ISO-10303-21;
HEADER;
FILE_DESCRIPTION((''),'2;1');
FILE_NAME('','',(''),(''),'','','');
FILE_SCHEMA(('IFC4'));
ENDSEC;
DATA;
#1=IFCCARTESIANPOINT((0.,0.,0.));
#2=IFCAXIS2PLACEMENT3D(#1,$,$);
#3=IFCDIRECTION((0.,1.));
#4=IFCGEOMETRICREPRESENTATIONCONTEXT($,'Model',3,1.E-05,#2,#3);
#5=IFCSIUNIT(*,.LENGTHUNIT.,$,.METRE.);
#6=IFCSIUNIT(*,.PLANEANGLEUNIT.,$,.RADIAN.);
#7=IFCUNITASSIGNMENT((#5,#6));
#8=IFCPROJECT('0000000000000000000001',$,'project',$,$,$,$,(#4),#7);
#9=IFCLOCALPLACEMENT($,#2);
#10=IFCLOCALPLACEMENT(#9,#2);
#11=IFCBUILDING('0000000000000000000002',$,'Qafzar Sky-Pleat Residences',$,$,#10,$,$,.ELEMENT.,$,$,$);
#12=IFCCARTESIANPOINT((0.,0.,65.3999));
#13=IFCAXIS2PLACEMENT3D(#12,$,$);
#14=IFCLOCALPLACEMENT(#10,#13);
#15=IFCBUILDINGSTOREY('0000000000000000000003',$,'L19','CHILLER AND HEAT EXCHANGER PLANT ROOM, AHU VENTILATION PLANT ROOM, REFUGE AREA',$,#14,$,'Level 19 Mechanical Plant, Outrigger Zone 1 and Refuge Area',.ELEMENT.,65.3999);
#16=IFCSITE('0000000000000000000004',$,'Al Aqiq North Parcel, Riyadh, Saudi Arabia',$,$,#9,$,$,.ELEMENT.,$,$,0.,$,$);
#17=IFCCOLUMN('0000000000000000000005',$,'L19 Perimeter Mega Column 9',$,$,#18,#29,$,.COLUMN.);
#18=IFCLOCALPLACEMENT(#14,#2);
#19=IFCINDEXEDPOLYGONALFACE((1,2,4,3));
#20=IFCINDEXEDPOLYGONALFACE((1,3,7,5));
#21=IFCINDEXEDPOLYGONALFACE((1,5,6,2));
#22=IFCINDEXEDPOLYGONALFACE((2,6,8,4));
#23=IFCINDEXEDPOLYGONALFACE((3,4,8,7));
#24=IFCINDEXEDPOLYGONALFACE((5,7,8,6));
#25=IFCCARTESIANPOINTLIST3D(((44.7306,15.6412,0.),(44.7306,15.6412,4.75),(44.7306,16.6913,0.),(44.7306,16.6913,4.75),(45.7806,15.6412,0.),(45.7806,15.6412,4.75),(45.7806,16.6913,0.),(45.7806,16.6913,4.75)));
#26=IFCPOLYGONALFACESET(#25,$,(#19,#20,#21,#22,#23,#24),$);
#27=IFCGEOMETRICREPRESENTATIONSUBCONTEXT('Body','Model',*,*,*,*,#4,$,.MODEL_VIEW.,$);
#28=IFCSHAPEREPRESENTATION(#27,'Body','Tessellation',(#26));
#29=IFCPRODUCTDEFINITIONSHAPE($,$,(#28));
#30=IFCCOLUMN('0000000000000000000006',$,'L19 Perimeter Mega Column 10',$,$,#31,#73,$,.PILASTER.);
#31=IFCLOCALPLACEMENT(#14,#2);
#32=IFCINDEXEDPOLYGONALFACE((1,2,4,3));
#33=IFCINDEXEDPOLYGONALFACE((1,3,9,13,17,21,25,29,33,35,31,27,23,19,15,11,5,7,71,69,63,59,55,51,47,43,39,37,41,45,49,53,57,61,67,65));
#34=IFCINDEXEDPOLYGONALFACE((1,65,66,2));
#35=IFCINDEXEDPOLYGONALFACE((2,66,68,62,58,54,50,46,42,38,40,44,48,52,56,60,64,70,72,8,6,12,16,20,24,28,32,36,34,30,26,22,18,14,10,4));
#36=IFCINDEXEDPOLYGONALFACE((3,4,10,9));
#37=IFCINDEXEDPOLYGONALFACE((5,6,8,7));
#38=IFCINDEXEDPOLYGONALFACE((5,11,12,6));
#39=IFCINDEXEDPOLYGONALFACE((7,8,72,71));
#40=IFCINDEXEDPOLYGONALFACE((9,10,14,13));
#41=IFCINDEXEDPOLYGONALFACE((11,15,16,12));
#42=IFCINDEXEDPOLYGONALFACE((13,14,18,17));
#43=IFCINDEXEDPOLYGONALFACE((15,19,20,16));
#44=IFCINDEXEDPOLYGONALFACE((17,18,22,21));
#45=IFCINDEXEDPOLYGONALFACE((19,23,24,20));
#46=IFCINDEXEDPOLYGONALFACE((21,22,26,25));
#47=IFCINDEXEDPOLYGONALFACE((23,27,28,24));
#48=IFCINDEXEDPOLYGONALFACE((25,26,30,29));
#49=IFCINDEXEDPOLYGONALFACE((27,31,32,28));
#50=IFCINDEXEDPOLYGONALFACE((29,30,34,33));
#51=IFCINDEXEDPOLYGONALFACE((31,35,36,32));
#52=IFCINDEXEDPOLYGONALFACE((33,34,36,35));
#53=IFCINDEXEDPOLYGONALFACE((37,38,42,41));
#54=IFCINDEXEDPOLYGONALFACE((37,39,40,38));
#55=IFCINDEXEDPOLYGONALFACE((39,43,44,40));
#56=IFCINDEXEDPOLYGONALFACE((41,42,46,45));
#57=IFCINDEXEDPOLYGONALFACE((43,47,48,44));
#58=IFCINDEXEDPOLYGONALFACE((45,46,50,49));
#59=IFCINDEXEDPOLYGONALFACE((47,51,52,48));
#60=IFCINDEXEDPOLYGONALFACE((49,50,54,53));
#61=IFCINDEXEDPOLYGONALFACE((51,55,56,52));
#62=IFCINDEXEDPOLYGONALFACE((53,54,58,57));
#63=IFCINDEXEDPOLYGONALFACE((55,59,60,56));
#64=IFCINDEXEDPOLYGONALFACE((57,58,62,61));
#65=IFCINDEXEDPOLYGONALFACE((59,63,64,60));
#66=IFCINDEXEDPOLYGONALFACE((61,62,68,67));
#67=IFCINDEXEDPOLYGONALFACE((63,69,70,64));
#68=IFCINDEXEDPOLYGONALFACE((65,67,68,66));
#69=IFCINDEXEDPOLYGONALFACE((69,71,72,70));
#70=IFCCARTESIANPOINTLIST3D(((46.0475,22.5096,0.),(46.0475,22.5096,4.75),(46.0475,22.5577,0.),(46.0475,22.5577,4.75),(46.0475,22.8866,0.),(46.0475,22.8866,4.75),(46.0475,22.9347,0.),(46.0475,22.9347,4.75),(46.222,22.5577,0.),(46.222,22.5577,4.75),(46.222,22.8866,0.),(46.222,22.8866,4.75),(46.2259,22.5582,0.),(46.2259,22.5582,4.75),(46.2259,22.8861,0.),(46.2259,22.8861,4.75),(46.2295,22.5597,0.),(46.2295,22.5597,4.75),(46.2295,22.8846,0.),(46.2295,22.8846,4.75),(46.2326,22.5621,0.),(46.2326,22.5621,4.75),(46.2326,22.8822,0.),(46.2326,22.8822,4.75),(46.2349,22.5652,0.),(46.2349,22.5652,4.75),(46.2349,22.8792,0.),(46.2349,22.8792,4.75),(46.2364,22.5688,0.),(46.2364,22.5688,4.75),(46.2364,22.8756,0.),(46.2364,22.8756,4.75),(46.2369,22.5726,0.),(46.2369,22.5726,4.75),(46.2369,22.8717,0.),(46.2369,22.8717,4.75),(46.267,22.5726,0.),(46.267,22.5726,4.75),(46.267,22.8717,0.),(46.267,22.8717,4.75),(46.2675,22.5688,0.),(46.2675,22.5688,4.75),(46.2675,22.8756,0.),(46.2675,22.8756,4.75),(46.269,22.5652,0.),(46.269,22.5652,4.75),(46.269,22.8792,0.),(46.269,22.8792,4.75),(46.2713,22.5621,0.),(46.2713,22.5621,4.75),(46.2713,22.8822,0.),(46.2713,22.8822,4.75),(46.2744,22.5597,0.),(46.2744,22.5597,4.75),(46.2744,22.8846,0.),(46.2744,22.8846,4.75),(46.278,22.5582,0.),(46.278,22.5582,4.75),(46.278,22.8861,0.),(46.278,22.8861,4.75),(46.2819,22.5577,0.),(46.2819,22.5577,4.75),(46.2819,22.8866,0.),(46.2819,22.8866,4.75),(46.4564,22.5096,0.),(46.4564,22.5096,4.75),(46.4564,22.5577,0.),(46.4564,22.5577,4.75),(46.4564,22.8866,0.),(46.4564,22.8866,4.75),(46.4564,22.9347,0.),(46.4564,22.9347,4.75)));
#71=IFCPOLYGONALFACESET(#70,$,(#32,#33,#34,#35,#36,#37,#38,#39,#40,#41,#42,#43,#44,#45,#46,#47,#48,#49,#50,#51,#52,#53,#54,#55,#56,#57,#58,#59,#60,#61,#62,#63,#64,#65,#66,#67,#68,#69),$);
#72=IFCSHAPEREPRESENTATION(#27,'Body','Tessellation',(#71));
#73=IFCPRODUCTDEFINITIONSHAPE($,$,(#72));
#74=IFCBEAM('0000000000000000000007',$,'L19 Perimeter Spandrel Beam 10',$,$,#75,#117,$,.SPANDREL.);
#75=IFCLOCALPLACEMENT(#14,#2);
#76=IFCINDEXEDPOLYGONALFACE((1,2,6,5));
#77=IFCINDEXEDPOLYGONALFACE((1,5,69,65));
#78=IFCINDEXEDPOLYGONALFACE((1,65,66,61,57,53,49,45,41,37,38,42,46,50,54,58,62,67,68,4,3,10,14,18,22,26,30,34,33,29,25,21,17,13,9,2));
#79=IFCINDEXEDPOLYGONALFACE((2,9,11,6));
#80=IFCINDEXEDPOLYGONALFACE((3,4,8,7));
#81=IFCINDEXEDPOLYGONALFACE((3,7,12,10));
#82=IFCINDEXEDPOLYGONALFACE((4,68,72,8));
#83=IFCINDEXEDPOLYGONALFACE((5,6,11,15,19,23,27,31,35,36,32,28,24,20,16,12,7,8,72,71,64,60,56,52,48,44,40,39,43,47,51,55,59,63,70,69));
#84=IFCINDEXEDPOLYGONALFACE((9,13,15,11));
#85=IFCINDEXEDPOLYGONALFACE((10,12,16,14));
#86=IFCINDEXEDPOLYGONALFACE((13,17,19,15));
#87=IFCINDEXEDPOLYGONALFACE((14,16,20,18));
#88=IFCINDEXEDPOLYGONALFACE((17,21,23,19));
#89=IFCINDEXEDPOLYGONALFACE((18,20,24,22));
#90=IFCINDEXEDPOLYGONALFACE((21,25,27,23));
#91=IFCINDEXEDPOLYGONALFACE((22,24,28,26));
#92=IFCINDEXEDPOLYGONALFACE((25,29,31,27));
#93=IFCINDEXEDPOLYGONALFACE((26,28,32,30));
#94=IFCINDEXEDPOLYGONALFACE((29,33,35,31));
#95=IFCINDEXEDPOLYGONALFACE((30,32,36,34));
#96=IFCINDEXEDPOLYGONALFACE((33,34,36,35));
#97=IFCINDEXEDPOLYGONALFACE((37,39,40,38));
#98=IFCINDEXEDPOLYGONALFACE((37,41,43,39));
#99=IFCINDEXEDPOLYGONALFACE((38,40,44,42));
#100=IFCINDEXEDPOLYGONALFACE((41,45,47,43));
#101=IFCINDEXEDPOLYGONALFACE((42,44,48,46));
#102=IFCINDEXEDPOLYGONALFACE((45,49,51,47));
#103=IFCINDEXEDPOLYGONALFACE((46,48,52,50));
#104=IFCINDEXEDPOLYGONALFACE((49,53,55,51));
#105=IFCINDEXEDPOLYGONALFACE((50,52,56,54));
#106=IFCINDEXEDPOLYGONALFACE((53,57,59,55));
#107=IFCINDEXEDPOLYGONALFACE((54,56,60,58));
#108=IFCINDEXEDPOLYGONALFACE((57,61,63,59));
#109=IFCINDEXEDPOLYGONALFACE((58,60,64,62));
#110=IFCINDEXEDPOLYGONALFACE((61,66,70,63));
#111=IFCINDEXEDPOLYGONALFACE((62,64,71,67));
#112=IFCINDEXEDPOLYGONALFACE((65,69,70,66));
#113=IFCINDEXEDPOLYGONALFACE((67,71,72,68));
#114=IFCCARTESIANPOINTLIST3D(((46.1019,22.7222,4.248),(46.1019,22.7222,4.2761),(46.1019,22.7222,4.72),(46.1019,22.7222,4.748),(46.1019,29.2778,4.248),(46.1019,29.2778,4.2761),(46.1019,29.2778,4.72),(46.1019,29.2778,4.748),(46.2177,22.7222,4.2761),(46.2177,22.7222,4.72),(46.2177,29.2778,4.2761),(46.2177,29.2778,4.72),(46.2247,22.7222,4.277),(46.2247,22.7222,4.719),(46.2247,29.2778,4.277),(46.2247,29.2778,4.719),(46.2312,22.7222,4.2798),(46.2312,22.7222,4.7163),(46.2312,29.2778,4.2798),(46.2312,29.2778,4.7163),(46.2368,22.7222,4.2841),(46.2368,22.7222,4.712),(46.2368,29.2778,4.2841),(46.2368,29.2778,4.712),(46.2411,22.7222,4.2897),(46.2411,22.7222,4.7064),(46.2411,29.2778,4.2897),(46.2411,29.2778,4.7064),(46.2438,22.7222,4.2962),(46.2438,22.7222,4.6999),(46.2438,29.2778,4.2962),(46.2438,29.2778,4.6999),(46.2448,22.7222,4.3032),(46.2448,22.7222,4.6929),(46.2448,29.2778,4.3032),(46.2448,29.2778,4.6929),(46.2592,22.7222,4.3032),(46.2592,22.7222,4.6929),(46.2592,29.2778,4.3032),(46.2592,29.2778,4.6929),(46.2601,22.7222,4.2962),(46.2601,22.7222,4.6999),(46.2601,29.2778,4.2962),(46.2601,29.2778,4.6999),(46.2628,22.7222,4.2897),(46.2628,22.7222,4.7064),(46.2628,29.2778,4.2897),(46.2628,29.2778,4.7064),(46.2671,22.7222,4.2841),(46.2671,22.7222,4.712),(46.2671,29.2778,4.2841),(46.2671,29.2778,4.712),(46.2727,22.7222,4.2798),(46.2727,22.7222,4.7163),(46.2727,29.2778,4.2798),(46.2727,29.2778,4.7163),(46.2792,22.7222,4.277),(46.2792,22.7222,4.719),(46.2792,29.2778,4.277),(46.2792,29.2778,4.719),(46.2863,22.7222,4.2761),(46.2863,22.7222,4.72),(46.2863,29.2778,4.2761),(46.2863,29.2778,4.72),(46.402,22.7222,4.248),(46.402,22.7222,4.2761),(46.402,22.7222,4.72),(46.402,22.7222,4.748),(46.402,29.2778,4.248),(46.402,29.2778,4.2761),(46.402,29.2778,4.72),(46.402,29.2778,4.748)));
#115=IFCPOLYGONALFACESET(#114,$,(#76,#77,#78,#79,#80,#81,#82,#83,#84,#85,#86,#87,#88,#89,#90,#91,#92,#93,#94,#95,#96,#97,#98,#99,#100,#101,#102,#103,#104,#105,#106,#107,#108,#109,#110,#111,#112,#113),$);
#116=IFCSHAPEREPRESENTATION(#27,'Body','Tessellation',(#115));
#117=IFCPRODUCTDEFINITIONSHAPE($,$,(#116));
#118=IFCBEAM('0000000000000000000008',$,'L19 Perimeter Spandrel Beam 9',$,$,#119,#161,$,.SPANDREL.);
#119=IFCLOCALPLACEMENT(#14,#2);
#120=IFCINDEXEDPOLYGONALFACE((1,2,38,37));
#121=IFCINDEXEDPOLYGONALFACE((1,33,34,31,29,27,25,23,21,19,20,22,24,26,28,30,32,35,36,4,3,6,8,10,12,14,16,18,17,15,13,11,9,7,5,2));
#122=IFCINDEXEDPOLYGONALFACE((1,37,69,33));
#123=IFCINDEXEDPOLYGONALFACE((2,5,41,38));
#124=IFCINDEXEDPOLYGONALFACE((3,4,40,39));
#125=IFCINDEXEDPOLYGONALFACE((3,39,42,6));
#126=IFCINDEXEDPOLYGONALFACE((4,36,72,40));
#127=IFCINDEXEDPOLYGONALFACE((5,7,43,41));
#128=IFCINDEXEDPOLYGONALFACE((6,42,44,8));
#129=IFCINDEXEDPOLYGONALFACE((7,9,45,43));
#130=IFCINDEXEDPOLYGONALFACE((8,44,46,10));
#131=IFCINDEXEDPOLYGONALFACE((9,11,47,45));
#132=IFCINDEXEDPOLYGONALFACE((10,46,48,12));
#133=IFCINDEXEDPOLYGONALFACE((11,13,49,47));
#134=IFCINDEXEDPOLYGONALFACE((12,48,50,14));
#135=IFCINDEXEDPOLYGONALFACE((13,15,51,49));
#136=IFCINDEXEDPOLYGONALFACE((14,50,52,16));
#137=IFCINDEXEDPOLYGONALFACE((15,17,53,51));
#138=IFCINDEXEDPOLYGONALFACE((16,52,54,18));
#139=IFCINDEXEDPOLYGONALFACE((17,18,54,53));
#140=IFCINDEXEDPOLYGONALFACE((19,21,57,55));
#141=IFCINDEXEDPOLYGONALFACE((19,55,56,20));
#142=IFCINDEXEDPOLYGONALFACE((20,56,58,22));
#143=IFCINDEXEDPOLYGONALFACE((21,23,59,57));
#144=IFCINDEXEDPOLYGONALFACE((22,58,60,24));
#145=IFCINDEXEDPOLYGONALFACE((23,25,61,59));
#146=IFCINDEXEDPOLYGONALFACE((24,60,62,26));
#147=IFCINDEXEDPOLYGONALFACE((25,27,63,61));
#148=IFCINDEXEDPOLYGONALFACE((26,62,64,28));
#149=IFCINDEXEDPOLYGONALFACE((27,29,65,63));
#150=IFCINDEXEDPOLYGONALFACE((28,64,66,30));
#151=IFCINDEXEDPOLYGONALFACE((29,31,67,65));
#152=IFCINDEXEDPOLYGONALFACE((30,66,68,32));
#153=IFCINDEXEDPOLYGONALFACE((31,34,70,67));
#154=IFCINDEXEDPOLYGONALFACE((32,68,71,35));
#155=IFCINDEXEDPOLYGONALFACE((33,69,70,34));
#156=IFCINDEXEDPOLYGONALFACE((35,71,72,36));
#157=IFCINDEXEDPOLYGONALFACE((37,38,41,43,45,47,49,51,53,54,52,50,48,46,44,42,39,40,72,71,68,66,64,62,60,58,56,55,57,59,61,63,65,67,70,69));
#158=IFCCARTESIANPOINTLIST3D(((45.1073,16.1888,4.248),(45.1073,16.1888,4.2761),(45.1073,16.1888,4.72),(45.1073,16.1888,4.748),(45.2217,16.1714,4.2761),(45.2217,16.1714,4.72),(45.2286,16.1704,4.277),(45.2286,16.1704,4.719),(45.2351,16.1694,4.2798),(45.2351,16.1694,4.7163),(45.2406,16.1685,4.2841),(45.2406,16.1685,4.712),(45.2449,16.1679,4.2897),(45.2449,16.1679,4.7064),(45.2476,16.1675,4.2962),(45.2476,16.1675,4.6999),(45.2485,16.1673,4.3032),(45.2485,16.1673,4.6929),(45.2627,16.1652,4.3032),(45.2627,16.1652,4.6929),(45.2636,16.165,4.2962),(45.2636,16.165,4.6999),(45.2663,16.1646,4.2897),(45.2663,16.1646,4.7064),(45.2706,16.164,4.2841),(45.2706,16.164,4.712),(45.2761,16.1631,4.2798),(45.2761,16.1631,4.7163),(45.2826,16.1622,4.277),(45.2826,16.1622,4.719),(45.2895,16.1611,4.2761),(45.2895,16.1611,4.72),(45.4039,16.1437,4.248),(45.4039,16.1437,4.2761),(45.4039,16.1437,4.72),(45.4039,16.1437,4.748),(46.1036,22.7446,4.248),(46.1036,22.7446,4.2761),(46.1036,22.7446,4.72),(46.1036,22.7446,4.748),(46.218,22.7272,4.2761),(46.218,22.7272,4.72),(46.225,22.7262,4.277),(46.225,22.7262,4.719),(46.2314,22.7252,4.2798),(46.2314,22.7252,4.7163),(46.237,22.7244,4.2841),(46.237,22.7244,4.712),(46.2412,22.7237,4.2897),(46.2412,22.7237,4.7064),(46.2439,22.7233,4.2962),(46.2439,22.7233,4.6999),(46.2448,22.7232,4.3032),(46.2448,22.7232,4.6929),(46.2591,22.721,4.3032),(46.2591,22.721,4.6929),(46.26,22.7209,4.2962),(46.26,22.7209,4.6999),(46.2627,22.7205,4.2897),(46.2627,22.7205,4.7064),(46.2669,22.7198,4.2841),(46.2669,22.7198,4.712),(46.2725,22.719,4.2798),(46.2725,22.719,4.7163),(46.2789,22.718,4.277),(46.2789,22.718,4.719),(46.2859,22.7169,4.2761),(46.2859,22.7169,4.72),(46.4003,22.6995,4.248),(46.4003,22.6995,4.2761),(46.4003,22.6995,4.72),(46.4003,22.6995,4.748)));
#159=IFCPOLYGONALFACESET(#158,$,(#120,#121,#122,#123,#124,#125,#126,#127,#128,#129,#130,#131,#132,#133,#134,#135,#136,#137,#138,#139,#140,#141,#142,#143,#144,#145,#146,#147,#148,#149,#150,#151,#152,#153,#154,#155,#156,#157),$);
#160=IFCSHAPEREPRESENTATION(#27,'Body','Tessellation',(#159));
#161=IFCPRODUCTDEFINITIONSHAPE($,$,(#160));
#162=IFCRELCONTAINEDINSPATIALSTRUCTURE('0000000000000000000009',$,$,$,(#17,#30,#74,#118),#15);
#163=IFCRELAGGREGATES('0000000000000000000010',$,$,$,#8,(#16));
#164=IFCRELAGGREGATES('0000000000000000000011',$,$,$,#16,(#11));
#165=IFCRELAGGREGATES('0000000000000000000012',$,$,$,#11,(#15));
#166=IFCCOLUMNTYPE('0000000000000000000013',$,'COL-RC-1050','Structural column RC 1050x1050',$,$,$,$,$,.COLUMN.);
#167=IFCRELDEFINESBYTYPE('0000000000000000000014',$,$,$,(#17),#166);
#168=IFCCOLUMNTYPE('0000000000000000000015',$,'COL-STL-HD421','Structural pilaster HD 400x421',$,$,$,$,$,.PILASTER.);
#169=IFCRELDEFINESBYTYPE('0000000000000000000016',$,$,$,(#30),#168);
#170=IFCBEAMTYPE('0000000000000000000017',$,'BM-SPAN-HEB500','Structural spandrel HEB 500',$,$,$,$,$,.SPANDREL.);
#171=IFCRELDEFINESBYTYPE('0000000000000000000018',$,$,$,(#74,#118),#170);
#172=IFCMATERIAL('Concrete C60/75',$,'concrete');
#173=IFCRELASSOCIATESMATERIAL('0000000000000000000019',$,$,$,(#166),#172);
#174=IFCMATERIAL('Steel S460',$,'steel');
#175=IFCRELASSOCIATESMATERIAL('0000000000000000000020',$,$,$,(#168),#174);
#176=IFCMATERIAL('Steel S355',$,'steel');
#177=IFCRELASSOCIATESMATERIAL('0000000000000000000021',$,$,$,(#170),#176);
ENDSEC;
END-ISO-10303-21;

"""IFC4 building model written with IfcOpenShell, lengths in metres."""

from ifc_helpers import new_model, si_unit, direction, frame, origin, origin_2d, place, context, subcontext, project, spatial, rectangle, i_section, extrude, source, transform, mapped, material, material_profile, profile_set, type_object, element, save


model = new_model("IFC4")

# Units and contexts
model_context = context("Model", 3, precision=1e-05, world=origin(), true_north=direction((0.0, 1.0)))
body_context = subcontext(model_context, "Body", "Model", "MODEL_VIEW")
ifc_project = project(units=[si_unit("LENGTHUNIT", "METRE"), si_unit("PLANEANGLEUNIT", "RADIAN")], contexts=[model_context])

# Site, building, storey
site_placement = place(None, origin())
site = spatial("IfcSite", under=ifc_project, at=site_placement, Name="Al Aqiq North Parcel, Riyadh, Saudi Arabia", CompositionType="ELEMENT", RefElevation=0.0)
building_placement = place(site_placement, origin())
building = spatial("IfcBuilding", under=site, at=building_placement, Name="Qafzar Sky-Pleat Residences", CompositionType="ELEMENT")
storey_placement = place(building_placement, frame((0.0, 0.0, 65.3999)))
storey = spatial("IfcBuildingStorey", under=building, at=storey_placement, Name="L19", Description="CHILLER AND HEAT EXCHANGER PLANT ROOM, AHU VENTILATION PLANT ROOM, REFUGE AREA", LongName="Level 19 Mechanical Plant, Outrigger Zone 1 and Refuge Area", CompositionType="ELEMENT", Elevation=65.3999)

# Columns
ifc_material_1 = material(Name="Concrete C60/75", Category="concrete")
ifc_material_profile_1 = material_profile(ifc_material_1, rectangle(XDim=1.05, YDim=1.05, at=origin_2d()), Name="RC 1050x1050")
ifc_profile_set_1 = profile_set([ifc_material_profile_1], Name="Concrete C60/75")
column_type_1 = type_object("IfcColumnType", Name="COL-RC-1050", Description="Structural column RC 1050x1050", PredefinedType="COLUMN", material=ifc_profile_set_1)
shared_shape_1 = source(origin(), body_context, "Body", "SweptSolid", [
    extrude(rectangle(XDim=1.05, YDim=1.05, at=origin_2d()), origin(), (0.0, 0.0, 1.0), 4.75),
])
column_1_placement = place(storey_placement, frame((45.2556, 16.1663, 0.0), z_axis=(0.0, 0.0, 1.0), x_axis=(1.0, 0.0, 0.0)))
element("IfcColumn", 1, at=column_1_placement, inside=storey, type_object=column_type_1, Name="L19 Perimeter Mega Column 9", PredefinedType="COLUMN", context=body_context, shape_type="MappedRepresentation", body=[
    mapped(shared_shape_1, transform((0.0, 0.0, 0.0), x_axis=(1.0, 0.0, 0.0), y_axis=(0.0, 1.0, 0.0), z_axis=(0.0, 0.0, 1.0), scale=1.0)),
])
ifc_material_2 = material(Name="Steel S460", Category="steel")
ifc_material_profile_2 = material_profile(ifc_material_2, i_section(OverallWidth=0.4089, OverallDepth=0.425, WebThickness=0.03, FlangeThickness=0.0481, FilletRadius=0.0149, at=origin_2d()), Name="HD 400x421")
ifc_profile_set_2 = profile_set([ifc_material_profile_2], Name="Steel S460")
column_type_2 = type_object("IfcColumnType", Name="COL-STL-HD421", Description="Structural pilaster HD 400x421", PredefinedType="PILASTER", material=ifc_profile_set_2)
shared_shape_2 = source(origin(), body_context, "Body", "SweptSolid", [
    extrude(i_section(OverallWidth=0.4089, OverallDepth=0.425, WebThickness=0.03, FlangeThickness=0.0481, FilletRadius=0.0149, at=origin_2d()), origin(), (0.0, 0.0, 1.0), 4.75),
])
column_2_placement = place(storey_placement, frame((46.252, 22.7222, 0.0), z_axis=(0.0, 0.0, 1.0), x_axis=(1.0, 0.0, 0.0)))
element("IfcColumn", 2, at=column_2_placement, inside=storey, type_object=column_type_2, Name="L19 Perimeter Mega Column 10", PredefinedType="PILASTER", context=body_context, shape_type="MappedRepresentation", body=[
    mapped(shared_shape_2, transform((0.0, 0.0, 0.0), x_axis=(1.0, 0.0, 0.0), y_axis=(0.0, 1.0, 0.0), z_axis=(0.0, 0.0, 1.0), scale=1.0)),
])

# Beams
ifc_material_3 = material(Name="Steel S355", Category="steel")
ifc_material_profile_3 = material_profile(ifc_material_3, i_section(OverallWidth=0.3, OverallDepth=0.5, WebThickness=0.0144, FlangeThickness=0.0281, FilletRadius=0.0271, at=origin_2d()), Name="HEB 500")
ifc_profile_set_3 = profile_set([ifc_material_profile_3], Name="Steel S355")
beam_type_1 = type_object("IfcBeamType", Name="BM-SPAN-HEB500", Description="Structural spandrel HEB 500", PredefinedType="SPANDREL", material=ifc_profile_set_3)
shared_shape_3 = source(origin(), body_context, "Body", "SweptSolid", [
    extrude(i_section(OverallWidth=0.3, OverallDepth=0.5, WebThickness=0.0144, FlangeThickness=0.0281, FilletRadius=0.0271, at=origin_2d()), origin(), (0.0, 0.0, 1.0), 6.5557),
])
beam_1_placement = place(storey_placement, frame((46.252, 22.7222, 4.498), z_axis=(0.0, 1.0, 0.0), x_axis=(-1.0, 0.0, 0.0)))
element("IfcBeam", 3, at=beam_1_placement, inside=storey, type_object=beam_type_1, Name="L19 Perimeter Spandrel Beam 10", PredefinedType="SPANDREL", context=body_context, shape_type="MappedRepresentation", body=[
    mapped(shared_shape_3, transform((0.0, 0.0, 0.0), x_axis=(1.0, 0.0, 0.0), y_axis=(0.0, 1.0, 0.0), z_axis=(0.0, 0.0, 1.0), scale=1.0)),
])
shared_shape_4 = source(origin(), body_context, "Body", "SweptSolid", [
    extrude(i_section(OverallWidth=0.3, OverallDepth=0.5, WebThickness=0.0144, FlangeThickness=0.0281, FilletRadius=0.0271, at=origin_2d()), origin(), (0.0, 0.0, 1.0), 6.6311),
])
beam_2_placement = place(storey_placement, frame((45.2556, 16.1663, 4.498), z_axis=(0.15025, 0.988648, 0.0), x_axis=(-0.988648, 0.15025, 0.0)))
element("IfcBeam", 4, at=beam_2_placement, inside=storey, type_object=beam_type_1, Name="L19 Perimeter Spandrel Beam 9", PredefinedType="SPANDREL", context=body_context, shape_type="MappedRepresentation", body=[
    mapped(shared_shape_4, transform((0.0, 0.0, 0.0), x_axis=(1.0, 0.0, 0.0), y_axis=(0.0, 1.0, 0.0), z_axis=(0.0, 0.0, 1.0), scale=1.0)),
])

save(model, "model.ifc")
